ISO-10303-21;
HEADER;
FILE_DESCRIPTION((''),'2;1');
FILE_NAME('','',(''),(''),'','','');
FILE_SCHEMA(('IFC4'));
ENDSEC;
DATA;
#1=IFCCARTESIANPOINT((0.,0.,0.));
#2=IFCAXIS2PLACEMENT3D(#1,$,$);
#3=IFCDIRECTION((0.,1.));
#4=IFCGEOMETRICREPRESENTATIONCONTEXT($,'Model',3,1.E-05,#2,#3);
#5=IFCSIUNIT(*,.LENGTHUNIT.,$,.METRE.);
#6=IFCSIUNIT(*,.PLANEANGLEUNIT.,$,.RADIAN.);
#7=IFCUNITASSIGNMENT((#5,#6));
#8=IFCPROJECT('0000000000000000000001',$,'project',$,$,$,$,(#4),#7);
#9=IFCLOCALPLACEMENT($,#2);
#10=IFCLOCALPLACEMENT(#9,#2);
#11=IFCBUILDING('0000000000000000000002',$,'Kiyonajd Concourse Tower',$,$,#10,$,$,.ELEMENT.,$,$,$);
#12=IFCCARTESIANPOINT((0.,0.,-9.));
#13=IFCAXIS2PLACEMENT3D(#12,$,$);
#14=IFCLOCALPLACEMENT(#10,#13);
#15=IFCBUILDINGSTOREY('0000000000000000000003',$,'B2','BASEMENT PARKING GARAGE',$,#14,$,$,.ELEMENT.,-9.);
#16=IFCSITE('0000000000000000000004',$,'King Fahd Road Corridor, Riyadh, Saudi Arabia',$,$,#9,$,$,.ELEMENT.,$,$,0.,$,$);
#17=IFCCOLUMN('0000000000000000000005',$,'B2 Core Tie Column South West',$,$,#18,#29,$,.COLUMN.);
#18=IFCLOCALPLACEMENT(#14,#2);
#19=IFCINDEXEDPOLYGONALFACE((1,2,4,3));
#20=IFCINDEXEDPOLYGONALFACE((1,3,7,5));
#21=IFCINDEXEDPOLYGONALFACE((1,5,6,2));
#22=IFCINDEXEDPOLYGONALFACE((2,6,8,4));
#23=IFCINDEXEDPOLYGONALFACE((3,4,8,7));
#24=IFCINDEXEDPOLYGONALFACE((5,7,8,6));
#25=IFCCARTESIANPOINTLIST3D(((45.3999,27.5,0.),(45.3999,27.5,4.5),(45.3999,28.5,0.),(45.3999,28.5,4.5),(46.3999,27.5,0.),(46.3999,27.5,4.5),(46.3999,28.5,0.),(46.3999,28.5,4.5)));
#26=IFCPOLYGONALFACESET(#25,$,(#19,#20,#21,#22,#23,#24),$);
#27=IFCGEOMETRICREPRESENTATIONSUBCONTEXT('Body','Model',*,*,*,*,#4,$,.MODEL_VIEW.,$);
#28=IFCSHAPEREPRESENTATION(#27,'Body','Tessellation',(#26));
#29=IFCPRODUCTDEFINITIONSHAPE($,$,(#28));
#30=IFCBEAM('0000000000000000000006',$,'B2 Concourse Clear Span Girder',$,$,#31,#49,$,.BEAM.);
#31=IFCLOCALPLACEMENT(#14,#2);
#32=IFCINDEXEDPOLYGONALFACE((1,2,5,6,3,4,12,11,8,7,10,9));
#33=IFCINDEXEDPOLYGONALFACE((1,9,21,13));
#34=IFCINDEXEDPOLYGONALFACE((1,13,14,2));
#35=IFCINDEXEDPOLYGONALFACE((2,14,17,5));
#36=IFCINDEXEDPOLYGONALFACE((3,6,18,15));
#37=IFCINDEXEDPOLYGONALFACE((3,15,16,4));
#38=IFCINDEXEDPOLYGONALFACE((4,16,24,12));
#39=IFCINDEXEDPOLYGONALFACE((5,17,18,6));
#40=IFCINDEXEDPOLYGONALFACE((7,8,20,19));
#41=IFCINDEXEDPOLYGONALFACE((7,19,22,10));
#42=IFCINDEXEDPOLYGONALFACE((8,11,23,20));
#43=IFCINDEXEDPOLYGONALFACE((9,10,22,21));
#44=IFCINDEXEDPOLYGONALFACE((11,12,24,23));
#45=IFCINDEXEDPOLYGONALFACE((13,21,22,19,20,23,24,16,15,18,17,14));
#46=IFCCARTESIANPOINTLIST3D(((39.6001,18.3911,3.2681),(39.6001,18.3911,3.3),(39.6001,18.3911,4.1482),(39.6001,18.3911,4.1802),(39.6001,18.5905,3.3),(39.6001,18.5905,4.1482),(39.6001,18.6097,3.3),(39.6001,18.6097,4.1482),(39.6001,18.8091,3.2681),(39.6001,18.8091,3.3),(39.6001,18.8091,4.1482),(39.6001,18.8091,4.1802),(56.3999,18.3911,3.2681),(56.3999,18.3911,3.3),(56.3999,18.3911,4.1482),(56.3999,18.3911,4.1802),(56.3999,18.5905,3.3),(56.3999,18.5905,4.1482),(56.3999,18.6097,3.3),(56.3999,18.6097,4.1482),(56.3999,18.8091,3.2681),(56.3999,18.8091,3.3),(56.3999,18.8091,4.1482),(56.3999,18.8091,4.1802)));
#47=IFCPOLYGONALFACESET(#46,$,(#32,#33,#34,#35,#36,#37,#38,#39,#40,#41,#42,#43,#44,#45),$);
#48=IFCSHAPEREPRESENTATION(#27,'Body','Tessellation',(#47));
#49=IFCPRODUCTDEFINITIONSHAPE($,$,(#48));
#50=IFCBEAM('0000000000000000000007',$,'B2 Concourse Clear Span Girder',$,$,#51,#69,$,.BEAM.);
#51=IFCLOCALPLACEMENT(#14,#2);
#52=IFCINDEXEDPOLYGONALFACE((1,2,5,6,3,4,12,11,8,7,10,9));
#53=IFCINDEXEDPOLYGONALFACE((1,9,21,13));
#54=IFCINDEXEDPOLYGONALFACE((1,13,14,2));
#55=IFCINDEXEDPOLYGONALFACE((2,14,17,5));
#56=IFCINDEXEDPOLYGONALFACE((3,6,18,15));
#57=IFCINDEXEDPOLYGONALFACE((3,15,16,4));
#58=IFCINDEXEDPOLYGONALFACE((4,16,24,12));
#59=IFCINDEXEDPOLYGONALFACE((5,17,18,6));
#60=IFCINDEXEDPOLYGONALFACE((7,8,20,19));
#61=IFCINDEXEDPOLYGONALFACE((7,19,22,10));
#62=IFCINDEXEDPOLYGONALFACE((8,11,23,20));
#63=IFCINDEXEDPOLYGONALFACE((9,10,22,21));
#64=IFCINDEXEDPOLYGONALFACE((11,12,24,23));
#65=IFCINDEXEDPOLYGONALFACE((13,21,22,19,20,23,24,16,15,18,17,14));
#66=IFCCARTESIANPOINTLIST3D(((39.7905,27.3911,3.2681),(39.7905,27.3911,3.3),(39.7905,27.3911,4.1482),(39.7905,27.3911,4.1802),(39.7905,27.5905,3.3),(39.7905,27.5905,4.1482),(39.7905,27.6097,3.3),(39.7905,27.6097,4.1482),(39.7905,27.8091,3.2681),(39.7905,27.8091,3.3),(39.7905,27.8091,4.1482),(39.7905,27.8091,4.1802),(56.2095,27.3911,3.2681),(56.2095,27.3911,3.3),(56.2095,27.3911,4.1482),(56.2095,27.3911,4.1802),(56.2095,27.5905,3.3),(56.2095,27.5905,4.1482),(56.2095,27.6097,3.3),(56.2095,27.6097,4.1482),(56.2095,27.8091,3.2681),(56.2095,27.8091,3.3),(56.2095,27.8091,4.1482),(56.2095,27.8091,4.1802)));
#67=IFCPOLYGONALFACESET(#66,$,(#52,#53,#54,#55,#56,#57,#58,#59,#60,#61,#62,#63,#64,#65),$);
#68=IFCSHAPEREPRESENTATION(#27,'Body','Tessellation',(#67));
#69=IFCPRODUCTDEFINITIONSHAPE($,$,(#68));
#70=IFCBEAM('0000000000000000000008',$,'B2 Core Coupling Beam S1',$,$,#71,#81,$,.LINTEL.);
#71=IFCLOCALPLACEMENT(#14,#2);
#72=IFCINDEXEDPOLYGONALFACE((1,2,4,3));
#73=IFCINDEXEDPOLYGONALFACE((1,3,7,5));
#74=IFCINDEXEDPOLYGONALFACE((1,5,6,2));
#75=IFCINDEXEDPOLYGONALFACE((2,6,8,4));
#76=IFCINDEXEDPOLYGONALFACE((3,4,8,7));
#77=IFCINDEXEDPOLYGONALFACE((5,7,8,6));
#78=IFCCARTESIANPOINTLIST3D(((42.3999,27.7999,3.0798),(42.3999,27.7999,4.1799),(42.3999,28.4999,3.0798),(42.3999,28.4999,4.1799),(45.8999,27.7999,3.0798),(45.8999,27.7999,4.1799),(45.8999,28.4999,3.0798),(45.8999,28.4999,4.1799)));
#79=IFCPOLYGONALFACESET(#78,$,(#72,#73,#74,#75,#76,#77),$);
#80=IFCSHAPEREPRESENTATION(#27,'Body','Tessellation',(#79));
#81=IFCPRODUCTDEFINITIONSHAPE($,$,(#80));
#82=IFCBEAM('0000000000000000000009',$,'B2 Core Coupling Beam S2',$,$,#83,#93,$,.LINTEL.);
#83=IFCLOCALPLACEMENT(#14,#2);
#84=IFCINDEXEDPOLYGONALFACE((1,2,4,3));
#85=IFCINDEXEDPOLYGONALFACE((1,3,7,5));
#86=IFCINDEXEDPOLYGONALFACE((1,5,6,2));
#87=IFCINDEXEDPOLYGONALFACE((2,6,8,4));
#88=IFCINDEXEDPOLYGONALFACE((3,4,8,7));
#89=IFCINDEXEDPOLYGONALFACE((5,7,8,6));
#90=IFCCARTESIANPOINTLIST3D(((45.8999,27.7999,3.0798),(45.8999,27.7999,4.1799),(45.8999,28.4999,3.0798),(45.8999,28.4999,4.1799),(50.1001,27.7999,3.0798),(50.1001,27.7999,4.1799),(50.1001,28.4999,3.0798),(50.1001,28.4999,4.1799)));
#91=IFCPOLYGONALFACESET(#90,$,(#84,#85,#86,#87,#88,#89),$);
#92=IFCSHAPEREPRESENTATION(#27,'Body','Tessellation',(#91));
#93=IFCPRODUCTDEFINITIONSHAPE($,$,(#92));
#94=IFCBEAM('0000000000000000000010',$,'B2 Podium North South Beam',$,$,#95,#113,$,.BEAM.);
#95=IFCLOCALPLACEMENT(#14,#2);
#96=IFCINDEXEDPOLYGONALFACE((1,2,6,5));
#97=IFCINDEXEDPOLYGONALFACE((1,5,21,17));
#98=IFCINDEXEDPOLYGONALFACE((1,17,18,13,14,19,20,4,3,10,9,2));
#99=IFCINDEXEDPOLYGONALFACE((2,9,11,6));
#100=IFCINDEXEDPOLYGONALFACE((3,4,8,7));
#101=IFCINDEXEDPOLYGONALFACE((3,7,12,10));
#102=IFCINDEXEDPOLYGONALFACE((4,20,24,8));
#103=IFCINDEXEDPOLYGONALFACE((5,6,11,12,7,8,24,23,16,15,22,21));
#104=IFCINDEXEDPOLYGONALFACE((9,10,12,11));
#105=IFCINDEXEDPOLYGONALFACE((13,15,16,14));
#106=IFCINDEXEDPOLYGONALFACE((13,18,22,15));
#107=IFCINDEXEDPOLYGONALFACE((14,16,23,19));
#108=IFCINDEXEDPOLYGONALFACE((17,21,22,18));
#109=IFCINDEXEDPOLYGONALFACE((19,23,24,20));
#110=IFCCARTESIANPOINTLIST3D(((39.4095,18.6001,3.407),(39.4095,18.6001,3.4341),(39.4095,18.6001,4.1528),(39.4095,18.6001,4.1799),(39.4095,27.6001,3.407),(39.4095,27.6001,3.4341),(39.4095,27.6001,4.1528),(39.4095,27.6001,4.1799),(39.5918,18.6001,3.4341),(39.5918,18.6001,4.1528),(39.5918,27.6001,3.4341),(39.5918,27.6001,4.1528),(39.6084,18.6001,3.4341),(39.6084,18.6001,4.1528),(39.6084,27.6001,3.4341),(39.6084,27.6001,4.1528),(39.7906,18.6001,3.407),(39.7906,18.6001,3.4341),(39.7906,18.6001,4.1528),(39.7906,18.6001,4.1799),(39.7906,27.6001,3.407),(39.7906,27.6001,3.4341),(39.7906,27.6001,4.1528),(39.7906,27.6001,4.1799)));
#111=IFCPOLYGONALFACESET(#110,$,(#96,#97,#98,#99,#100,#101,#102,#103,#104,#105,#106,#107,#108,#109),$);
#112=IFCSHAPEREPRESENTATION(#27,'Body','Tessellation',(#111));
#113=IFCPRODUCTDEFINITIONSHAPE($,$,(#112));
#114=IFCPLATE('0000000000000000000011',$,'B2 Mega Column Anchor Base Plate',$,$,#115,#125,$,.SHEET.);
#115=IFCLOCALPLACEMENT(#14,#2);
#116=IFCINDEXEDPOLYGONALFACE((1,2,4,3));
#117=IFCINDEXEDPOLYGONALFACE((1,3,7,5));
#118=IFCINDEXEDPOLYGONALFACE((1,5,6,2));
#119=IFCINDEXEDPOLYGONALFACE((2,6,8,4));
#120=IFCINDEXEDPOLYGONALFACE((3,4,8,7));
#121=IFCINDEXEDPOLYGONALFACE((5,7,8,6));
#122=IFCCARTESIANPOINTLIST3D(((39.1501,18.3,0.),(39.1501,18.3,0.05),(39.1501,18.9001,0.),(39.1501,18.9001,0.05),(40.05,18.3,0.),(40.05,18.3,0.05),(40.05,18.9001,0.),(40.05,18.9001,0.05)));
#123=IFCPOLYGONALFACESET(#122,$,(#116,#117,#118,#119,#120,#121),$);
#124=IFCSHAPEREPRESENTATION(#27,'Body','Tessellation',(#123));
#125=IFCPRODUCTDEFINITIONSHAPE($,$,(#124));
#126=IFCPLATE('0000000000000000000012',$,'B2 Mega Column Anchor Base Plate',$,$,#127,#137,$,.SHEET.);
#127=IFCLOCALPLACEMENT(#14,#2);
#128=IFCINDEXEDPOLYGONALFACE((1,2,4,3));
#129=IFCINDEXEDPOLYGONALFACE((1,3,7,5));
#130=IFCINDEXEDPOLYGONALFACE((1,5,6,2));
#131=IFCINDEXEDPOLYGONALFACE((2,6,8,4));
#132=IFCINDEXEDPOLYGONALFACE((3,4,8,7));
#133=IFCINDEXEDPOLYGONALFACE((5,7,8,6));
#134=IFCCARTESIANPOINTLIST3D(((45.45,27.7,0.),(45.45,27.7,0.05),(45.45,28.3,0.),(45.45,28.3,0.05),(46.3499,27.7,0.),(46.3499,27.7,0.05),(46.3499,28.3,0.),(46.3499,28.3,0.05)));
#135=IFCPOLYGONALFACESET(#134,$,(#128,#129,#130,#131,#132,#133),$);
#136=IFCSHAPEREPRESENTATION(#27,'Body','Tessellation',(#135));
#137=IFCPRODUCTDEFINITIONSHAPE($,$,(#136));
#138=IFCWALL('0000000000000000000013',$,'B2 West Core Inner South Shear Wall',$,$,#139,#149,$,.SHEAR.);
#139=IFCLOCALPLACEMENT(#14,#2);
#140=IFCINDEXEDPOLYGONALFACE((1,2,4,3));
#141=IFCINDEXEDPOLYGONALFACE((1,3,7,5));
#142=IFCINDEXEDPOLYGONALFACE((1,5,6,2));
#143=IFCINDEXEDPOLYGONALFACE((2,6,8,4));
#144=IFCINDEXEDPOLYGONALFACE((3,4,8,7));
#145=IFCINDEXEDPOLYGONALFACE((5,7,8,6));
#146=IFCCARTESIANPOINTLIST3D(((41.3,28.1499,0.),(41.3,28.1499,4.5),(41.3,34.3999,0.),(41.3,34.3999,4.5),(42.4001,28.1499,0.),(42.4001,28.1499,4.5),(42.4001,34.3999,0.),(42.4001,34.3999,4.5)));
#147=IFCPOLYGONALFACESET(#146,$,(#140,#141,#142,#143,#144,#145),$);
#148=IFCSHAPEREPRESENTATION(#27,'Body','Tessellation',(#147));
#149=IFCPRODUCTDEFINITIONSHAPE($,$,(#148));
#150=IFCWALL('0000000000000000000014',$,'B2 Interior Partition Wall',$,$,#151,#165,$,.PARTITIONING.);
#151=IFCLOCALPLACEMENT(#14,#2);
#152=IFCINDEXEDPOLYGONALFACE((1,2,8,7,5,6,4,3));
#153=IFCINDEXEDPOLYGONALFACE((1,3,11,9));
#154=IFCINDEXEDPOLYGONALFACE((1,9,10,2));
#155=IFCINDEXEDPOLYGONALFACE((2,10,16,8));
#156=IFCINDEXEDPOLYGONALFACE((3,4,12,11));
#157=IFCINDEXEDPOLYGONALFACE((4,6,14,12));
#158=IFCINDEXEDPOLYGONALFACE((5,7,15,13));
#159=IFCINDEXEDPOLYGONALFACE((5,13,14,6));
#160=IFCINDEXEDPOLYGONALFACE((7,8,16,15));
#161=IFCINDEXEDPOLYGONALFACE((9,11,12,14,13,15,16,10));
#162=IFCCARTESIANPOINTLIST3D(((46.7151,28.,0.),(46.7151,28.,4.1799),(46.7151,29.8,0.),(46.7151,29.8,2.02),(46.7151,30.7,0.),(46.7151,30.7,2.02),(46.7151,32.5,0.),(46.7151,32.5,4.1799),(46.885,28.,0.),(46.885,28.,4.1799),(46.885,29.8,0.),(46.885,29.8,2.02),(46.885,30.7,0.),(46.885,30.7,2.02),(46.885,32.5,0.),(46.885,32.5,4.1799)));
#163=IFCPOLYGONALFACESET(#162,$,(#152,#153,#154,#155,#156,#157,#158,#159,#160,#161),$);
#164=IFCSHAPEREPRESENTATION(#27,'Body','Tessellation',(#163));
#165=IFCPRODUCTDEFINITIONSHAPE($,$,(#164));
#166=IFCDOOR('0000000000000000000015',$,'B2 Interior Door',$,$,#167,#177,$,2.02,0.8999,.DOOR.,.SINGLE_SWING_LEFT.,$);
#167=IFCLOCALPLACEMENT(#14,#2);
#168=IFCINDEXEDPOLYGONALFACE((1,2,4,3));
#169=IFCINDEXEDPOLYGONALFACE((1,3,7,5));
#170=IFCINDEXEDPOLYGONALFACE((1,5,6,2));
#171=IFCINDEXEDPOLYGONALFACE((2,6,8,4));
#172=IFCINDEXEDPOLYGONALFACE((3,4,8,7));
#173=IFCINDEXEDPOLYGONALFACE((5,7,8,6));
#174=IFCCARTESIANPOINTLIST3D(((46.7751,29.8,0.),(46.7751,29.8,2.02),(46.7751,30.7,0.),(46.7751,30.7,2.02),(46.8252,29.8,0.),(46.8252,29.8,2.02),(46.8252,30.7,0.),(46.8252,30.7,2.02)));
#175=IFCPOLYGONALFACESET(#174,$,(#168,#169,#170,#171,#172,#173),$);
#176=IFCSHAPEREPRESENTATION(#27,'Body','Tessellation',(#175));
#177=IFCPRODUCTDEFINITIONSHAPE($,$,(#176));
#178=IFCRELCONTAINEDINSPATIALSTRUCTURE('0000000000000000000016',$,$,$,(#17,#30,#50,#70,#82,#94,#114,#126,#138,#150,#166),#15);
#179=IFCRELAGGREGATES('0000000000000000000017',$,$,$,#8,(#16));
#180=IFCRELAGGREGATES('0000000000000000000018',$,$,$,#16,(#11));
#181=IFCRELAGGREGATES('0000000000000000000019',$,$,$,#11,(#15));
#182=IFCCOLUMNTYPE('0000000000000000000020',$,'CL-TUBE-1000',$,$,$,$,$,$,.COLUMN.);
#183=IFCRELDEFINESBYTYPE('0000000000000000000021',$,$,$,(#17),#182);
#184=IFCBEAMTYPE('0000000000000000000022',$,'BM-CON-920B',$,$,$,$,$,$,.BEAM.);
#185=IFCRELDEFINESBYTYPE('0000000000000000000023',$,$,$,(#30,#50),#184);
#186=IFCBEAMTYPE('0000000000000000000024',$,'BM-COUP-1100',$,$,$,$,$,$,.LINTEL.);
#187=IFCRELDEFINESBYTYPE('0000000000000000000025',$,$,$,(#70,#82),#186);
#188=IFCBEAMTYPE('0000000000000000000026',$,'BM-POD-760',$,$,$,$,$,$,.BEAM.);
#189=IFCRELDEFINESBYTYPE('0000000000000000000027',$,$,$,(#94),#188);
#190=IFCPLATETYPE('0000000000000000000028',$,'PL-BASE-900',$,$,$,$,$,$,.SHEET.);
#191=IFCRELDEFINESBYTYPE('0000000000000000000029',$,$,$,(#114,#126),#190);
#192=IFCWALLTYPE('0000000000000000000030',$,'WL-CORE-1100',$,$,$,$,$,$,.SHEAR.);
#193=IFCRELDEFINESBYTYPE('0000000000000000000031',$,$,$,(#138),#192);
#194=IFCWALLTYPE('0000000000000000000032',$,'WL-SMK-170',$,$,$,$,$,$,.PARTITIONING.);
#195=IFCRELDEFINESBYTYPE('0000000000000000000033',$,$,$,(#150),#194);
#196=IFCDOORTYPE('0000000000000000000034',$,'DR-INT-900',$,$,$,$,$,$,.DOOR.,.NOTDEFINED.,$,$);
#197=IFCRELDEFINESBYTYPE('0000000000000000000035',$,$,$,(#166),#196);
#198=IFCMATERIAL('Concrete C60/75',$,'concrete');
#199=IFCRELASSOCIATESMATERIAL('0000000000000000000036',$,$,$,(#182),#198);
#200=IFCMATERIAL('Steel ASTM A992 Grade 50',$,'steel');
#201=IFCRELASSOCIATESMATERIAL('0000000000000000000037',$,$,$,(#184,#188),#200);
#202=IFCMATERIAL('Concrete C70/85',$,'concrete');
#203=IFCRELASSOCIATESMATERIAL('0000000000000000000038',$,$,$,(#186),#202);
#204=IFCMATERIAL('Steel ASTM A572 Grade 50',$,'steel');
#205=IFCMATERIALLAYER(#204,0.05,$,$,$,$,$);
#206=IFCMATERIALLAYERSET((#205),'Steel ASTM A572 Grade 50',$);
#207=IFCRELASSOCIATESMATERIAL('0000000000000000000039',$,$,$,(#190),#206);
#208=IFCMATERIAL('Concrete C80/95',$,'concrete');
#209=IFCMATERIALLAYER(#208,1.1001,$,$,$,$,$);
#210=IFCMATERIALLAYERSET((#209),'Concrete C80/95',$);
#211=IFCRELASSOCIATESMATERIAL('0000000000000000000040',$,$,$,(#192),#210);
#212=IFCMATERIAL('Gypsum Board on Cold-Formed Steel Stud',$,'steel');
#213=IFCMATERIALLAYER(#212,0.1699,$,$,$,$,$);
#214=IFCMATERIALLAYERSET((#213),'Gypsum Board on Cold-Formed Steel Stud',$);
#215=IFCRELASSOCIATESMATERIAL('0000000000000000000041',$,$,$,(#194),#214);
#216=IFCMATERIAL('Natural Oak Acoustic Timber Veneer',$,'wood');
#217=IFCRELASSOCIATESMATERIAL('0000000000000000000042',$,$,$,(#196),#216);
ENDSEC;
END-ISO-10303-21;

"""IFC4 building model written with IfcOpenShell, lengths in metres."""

from ifc_helpers import new_model, si_unit, direction, frame, frame_2d, origin, origin_2d, place, context, subcontext, project, spatial, rectangle, i_section, extrude, material, layer, layer_set, material_profile, profile_set, type_object, element, fill, save


model = new_model("IFC4")

# Units and contexts
model_context = context("Model", 3, precision=1e-05, world=origin(), true_north=direction((0.0, 1.0)))
body_context = subcontext(model_context, "Body", "Model", "MODEL_VIEW")
ifc_project = project(units=[si_unit("LENGTHUNIT", "METRE"), si_unit("PLANEANGLEUNIT", "RADIAN")], contexts=[model_context])

# Site, building, storey
site_placement = place(None, origin())
site = spatial("IfcSite", under=ifc_project, at=site_placement, Name="King Fahd Road Corridor, Riyadh, Saudi Arabia", CompositionType="ELEMENT", RefElevation=0.0)
building_placement = place(site_placement, origin())
building = spatial("IfcBuilding", under=site, at=building_placement, Name="Kiyonajd Concourse Tower", CompositionType="ELEMENT")
storey_placement = place(building_placement, frame((0.0, 0.0, -9.0)))
storey = spatial("IfcBuildingStorey", under=building, at=storey_placement, Name="B2", Description="BASEMENT PARKING GARAGE", CompositionType="ELEMENT", Elevation=-9.0)

# Column
ifc_material_1 = material(Name="Concrete C80/95", Category="concrete")
ifc_material_2 = material(Name="Steel ASTM A572 Grade 50", Category="steel")
ifc_material_3 = material(Name="Concrete C60/75", Category="concrete")
ifc_material_profile_1 = material_profile(ifc_material_3, rectangle(XDim=1.0, YDim=1.0, at=origin_2d()), Name="RC-1000x1000")
ifc_profile_set_1 = profile_set([ifc_material_profile_1], Name="Concrete C60/75")
column_type_1 = type_object("IfcColumnType", Name="CL-TUBE-1000", PredefinedType="COLUMN", material=ifc_profile_set_1)
column_1_placement = place(storey_placement, frame((45.8999, 28.0, 0.0), z_axis=(0.0, 0.0, 1.0), x_axis=(1.0, 0.0, 0.0)))
element("IfcColumn", 1, at=column_1_placement, inside=storey, type_object=column_type_1, Name="B2 Core Tie Column South West", PredefinedType="COLUMN", context=body_context, shape_type="SweptSolid", body=[
    extrude(rectangle(XDim=1.0, YDim=1.0, at=origin_2d()), origin(), (0.0, 0.0, 1.0), 4.5),
])

# Beams
ifc_material_4 = material(Name="Steel ASTM A992 Grade 50", Category="steel")
ifc_material_profile_2 = material_profile(ifc_material_4, i_section(OverallWidth=0.418, OverallDepth=0.9121, WebThickness=0.0193, FlangeThickness=0.032, at=origin_2d()), Name="W920X342")
ifc_profile_set_2 = profile_set([ifc_material_profile_2], Name="Steel ASTM A992 Grade 50")
beam_type_1 = type_object("IfcBeamType", Name="BM-CON-920B", PredefinedType="BEAM", material=ifc_profile_set_2)
beam_1_placement = place(storey_placement, frame((39.6001, 18.6001, 3.7241), z_axis=(1.0, 0.0, 0.0), x_axis=(0.0, 1.0, 0.0)))
element("IfcBeam", 2, at=beam_1_placement, inside=storey, type_object=beam_type_1, Name="B2 Concourse Clear Span Girder", PredefinedType="BEAM", context=body_context, shape_type="SweptSolid", body=[
    extrude(i_section(OverallWidth=0.418, OverallDepth=0.9121, WebThickness=0.0193, FlangeThickness=0.032, at=origin_2d()), origin(), (0.0, 0.0, 1.0), 16.7998),
])
beam_2_placement = place(storey_placement, frame((39.7905, 27.6001, 3.7241), z_axis=(1.0, 0.0, 0.0), x_axis=(0.0, 1.0, 0.0)))
element("IfcBeam", 3, at=beam_2_placement, inside=storey, type_object=beam_type_1, Name="B2 Concourse Clear Span Girder", PredefinedType="BEAM", context=body_context, shape_type="SweptSolid", body=[
    extrude(i_section(OverallWidth=0.418, OverallDepth=0.9121, WebThickness=0.0193, FlangeThickness=0.032, at=origin_2d()), origin(), (0.0, 0.0, 1.0), 16.4189),
])
ifc_material_5 = material(Name="Concrete C70/85", Category="concrete")
ifc_material_profile_3 = material_profile(ifc_material_5, rectangle(XDim=0.7, YDim=1.1001, at=origin_2d()), Name="RCBM-700x1100")
ifc_profile_set_3 = profile_set([ifc_material_profile_3], Name="Concrete C70/85")
beam_type_2 = type_object("IfcBeamType", Name="BM-COUP-1100", PredefinedType="LINTEL", material=ifc_profile_set_3)
beam_3_placement = place(storey_placement, frame((42.3999, 28.1499, 3.6299), z_axis=(1.0, 0.0, 0.0), x_axis=(0.0, 1.0, 0.0)))
element("IfcBeam", 4, at=beam_3_placement, inside=storey, type_object=beam_type_2, Name="B2 Core Coupling Beam S1", PredefinedType="LINTEL", context=body_context, shape_type="SweptSolid", body=[
    extrude(rectangle(XDim=0.7, YDim=1.1001, at=origin_2d()), origin(), (0.0, 0.0, 1.0), 3.5),
])
beam_4_placement = place(storey_placement, frame((45.8999, 28.1499, 3.6299), z_axis=(1.0, 0.0, 0.0), x_axis=(0.0, 1.0, 0.0)))
element("IfcBeam", 5, at=beam_4_placement, inside=storey, type_object=beam_type_2, Name="B2 Core Coupling Beam S2", PredefinedType="LINTEL", context=body_context, shape_type="SweptSolid", body=[
    extrude(rectangle(XDim=0.7, YDim=1.1001, at=origin_2d()), origin(), (0.0, 0.0, 1.0), 4.2002),
])
ifc_material_profile_4 = material_profile(ifc_material_4, i_section(OverallWidth=0.3811, OverallDepth=0.7729, WebThickness=0.0166, FlangeThickness=0.0271, at=origin_2d()), Name="W760X257")
ifc_profile_set_4 = profile_set([ifc_material_profile_4], Name="Steel ASTM A992 Grade 50")
beam_type_3 = type_object("IfcBeamType", Name="BM-POD-760", PredefinedType="BEAM", material=ifc_profile_set_4)
beam_5_placement = place(storey_placement, frame((39.6001, 18.6001, 3.7935), z_axis=(0.0, 1.0, 0.0), x_axis=(-1.0, 0.0, 0.0)))
element("IfcBeam", 6, at=beam_5_placement, inside=storey, type_object=beam_type_3, Name="B2 Podium North South Beam", PredefinedType="BEAM", context=body_context, shape_type="SweptSolid", body=[
    extrude(i_section(OverallWidth=0.3811, OverallDepth=0.7729, WebThickness=0.0166, FlangeThickness=0.0271, at=origin_2d()), origin(), (0.0, 0.0, 1.0), 9.0),
])

# Plates
ifc_layer_1 = layer(ifc_material_2, 0.05)
ifc_layer_set_1 = layer_set([ifc_layer_1], Name="Steel ASTM A572 Grade 50")
plate_type = type_object("IfcPlateType", Name="PL-BASE-900", PredefinedType="SHEET", material=ifc_layer_set_1)
for number, where, z_axis, x_axis, name in (
    (7, (39.6001, 18.6001, 0.0), (0.0, 0.0, 1.0), (1.0, 0.0, 0.0), "B2 Mega Column Anchor Base Plate"),
    (8, (45.8999, 28.0, 0.0), (0.0, 0.0, 1.0), (1.0, 0.0, 0.0), "B2 Mega Column Anchor Base Plate"),
):
    element("IfcPlate", number, at=place(storey_placement, frame(where, z_axis=z_axis, x_axis=x_axis)), inside=storey, type_object=plate_type, Name=name, PredefinedType="SHEET", context=body_context, shape_type="SweptSolid", body=[
        extrude(rectangle(XDim=0.8999, YDim=0.6001, at=origin_2d()), origin(), (0.0, 0.0, 1.0), 0.05),
    ])

# Wall
ifc_layer_2 = layer(ifc_material_1, 1.1001)
ifc_layer_set_2 = layer_set([ifc_layer_2], Name="Concrete C80/95")
wall_type_1 = type_object("IfcWallType", Name="WL-CORE-1100", PredefinedType="SHEAR", material=ifc_layer_set_2)
wall_1_placement = place(storey_placement, frame((41.8501, 28.1499, 0.0), z_axis=(0.0, 0.0, 1.0), x_axis=(0.0, 1.0, 0.0)))
element("IfcWall", 9, at=wall_1_placement, inside=storey, type_object=wall_type_1, Name="B2 West Core Inner South Shear Wall", PredefinedType="SHEAR", context=body_context, shape_type="SweptSolid", body=[
    extrude(rectangle(XDim=6.25, YDim=1.1001, at=frame_2d((3.125, 0.0))), origin(), (0.0, 0.0, 1.0), 4.5),
])

# Wall, opening, door
ifc_material_6 = material(Name="Gypsum Board on Cold-Formed Steel Stud", Category="steel")
ifc_layer_3 = layer(ifc_material_6, 0.1699)
ifc_layer_set_3 = layer_set([ifc_layer_3], Name="Gypsum Board on Cold-Formed Steel Stud")
wall_type_2 = type_object("IfcWallType", Name="WL-SMK-170", PredefinedType="PARTITIONING", material=ifc_layer_set_3)
wall_2_placement = place(storey_placement, frame((46.8, 28.0, 0.0), z_axis=(0.0, 0.0, 1.0), x_axis=(0.0, 1.0, 0.0)))
wall_2 = element("IfcWall", 10, at=wall_2_placement, inside=storey, type_object=wall_type_2, Name="B2 Interior Partition Wall", PredefinedType="PARTITIONING", context=body_context, shape_type="SweptSolid", body=[
    extrude(rectangle(XDim=4.5, YDim=0.1699, at=frame_2d((2.25, 0.0))), origin(), (0.0, 0.0, 1.0), 4.1799),
])
opening_1_placement = place(wall_2_placement, frame((1.8, 0.0, 0.0)))
opening_1 = element("IfcOpeningElement", 11, at=opening_1_placement, cuts=wall_2, PredefinedType="OPENING", context=body_context, shape_type="SweptSolid", body=[
    extrude(rectangle(XDim=0.8999, YDim=2.02, at=frame_2d((0.45, 1.01))), frame((0.0, 0.095, 0.0), z_axis=(0.0, -1.0, 0.0), x_axis=(1.0, 0.0, 0.0)), (0.0, 0.0, 1.0), 0.1899),
])
ifc_material_7 = material(Name="Natural Oak Acoustic Timber Veneer", Category="wood")
door_type_1 = type_object("IfcDoorType", Name="DR-INT-900", OperationType="NOTDEFINED", PredefinedType="DOOR", material=ifc_material_7)
door_1_placement = place(opening_1_placement, origin())
door_1 = element("IfcDoor", 12, at=door_1_placement, inside=storey, type_object=door_type_1, Name="B2 Interior Door", OperationType="SINGLE_SWING_LEFT", OverallHeight=2.02, OverallWidth=0.8999, PredefinedType="DOOR", context=body_context, shape_type="SweptSolid", body=[
    extrude(rectangle(XDim=0.8999, YDim=2.02, at=frame_2d((0.45, 1.01))), frame((0.0, 0.0249, 0.0), z_axis=(0.0, -1.0, 0.0), x_axis=(1.0, 0.0, 0.0)), (0.0, 0.0, 1.0), 0.05),
])
fill(opening_1, door_1)

save(model, "model.ifc")
